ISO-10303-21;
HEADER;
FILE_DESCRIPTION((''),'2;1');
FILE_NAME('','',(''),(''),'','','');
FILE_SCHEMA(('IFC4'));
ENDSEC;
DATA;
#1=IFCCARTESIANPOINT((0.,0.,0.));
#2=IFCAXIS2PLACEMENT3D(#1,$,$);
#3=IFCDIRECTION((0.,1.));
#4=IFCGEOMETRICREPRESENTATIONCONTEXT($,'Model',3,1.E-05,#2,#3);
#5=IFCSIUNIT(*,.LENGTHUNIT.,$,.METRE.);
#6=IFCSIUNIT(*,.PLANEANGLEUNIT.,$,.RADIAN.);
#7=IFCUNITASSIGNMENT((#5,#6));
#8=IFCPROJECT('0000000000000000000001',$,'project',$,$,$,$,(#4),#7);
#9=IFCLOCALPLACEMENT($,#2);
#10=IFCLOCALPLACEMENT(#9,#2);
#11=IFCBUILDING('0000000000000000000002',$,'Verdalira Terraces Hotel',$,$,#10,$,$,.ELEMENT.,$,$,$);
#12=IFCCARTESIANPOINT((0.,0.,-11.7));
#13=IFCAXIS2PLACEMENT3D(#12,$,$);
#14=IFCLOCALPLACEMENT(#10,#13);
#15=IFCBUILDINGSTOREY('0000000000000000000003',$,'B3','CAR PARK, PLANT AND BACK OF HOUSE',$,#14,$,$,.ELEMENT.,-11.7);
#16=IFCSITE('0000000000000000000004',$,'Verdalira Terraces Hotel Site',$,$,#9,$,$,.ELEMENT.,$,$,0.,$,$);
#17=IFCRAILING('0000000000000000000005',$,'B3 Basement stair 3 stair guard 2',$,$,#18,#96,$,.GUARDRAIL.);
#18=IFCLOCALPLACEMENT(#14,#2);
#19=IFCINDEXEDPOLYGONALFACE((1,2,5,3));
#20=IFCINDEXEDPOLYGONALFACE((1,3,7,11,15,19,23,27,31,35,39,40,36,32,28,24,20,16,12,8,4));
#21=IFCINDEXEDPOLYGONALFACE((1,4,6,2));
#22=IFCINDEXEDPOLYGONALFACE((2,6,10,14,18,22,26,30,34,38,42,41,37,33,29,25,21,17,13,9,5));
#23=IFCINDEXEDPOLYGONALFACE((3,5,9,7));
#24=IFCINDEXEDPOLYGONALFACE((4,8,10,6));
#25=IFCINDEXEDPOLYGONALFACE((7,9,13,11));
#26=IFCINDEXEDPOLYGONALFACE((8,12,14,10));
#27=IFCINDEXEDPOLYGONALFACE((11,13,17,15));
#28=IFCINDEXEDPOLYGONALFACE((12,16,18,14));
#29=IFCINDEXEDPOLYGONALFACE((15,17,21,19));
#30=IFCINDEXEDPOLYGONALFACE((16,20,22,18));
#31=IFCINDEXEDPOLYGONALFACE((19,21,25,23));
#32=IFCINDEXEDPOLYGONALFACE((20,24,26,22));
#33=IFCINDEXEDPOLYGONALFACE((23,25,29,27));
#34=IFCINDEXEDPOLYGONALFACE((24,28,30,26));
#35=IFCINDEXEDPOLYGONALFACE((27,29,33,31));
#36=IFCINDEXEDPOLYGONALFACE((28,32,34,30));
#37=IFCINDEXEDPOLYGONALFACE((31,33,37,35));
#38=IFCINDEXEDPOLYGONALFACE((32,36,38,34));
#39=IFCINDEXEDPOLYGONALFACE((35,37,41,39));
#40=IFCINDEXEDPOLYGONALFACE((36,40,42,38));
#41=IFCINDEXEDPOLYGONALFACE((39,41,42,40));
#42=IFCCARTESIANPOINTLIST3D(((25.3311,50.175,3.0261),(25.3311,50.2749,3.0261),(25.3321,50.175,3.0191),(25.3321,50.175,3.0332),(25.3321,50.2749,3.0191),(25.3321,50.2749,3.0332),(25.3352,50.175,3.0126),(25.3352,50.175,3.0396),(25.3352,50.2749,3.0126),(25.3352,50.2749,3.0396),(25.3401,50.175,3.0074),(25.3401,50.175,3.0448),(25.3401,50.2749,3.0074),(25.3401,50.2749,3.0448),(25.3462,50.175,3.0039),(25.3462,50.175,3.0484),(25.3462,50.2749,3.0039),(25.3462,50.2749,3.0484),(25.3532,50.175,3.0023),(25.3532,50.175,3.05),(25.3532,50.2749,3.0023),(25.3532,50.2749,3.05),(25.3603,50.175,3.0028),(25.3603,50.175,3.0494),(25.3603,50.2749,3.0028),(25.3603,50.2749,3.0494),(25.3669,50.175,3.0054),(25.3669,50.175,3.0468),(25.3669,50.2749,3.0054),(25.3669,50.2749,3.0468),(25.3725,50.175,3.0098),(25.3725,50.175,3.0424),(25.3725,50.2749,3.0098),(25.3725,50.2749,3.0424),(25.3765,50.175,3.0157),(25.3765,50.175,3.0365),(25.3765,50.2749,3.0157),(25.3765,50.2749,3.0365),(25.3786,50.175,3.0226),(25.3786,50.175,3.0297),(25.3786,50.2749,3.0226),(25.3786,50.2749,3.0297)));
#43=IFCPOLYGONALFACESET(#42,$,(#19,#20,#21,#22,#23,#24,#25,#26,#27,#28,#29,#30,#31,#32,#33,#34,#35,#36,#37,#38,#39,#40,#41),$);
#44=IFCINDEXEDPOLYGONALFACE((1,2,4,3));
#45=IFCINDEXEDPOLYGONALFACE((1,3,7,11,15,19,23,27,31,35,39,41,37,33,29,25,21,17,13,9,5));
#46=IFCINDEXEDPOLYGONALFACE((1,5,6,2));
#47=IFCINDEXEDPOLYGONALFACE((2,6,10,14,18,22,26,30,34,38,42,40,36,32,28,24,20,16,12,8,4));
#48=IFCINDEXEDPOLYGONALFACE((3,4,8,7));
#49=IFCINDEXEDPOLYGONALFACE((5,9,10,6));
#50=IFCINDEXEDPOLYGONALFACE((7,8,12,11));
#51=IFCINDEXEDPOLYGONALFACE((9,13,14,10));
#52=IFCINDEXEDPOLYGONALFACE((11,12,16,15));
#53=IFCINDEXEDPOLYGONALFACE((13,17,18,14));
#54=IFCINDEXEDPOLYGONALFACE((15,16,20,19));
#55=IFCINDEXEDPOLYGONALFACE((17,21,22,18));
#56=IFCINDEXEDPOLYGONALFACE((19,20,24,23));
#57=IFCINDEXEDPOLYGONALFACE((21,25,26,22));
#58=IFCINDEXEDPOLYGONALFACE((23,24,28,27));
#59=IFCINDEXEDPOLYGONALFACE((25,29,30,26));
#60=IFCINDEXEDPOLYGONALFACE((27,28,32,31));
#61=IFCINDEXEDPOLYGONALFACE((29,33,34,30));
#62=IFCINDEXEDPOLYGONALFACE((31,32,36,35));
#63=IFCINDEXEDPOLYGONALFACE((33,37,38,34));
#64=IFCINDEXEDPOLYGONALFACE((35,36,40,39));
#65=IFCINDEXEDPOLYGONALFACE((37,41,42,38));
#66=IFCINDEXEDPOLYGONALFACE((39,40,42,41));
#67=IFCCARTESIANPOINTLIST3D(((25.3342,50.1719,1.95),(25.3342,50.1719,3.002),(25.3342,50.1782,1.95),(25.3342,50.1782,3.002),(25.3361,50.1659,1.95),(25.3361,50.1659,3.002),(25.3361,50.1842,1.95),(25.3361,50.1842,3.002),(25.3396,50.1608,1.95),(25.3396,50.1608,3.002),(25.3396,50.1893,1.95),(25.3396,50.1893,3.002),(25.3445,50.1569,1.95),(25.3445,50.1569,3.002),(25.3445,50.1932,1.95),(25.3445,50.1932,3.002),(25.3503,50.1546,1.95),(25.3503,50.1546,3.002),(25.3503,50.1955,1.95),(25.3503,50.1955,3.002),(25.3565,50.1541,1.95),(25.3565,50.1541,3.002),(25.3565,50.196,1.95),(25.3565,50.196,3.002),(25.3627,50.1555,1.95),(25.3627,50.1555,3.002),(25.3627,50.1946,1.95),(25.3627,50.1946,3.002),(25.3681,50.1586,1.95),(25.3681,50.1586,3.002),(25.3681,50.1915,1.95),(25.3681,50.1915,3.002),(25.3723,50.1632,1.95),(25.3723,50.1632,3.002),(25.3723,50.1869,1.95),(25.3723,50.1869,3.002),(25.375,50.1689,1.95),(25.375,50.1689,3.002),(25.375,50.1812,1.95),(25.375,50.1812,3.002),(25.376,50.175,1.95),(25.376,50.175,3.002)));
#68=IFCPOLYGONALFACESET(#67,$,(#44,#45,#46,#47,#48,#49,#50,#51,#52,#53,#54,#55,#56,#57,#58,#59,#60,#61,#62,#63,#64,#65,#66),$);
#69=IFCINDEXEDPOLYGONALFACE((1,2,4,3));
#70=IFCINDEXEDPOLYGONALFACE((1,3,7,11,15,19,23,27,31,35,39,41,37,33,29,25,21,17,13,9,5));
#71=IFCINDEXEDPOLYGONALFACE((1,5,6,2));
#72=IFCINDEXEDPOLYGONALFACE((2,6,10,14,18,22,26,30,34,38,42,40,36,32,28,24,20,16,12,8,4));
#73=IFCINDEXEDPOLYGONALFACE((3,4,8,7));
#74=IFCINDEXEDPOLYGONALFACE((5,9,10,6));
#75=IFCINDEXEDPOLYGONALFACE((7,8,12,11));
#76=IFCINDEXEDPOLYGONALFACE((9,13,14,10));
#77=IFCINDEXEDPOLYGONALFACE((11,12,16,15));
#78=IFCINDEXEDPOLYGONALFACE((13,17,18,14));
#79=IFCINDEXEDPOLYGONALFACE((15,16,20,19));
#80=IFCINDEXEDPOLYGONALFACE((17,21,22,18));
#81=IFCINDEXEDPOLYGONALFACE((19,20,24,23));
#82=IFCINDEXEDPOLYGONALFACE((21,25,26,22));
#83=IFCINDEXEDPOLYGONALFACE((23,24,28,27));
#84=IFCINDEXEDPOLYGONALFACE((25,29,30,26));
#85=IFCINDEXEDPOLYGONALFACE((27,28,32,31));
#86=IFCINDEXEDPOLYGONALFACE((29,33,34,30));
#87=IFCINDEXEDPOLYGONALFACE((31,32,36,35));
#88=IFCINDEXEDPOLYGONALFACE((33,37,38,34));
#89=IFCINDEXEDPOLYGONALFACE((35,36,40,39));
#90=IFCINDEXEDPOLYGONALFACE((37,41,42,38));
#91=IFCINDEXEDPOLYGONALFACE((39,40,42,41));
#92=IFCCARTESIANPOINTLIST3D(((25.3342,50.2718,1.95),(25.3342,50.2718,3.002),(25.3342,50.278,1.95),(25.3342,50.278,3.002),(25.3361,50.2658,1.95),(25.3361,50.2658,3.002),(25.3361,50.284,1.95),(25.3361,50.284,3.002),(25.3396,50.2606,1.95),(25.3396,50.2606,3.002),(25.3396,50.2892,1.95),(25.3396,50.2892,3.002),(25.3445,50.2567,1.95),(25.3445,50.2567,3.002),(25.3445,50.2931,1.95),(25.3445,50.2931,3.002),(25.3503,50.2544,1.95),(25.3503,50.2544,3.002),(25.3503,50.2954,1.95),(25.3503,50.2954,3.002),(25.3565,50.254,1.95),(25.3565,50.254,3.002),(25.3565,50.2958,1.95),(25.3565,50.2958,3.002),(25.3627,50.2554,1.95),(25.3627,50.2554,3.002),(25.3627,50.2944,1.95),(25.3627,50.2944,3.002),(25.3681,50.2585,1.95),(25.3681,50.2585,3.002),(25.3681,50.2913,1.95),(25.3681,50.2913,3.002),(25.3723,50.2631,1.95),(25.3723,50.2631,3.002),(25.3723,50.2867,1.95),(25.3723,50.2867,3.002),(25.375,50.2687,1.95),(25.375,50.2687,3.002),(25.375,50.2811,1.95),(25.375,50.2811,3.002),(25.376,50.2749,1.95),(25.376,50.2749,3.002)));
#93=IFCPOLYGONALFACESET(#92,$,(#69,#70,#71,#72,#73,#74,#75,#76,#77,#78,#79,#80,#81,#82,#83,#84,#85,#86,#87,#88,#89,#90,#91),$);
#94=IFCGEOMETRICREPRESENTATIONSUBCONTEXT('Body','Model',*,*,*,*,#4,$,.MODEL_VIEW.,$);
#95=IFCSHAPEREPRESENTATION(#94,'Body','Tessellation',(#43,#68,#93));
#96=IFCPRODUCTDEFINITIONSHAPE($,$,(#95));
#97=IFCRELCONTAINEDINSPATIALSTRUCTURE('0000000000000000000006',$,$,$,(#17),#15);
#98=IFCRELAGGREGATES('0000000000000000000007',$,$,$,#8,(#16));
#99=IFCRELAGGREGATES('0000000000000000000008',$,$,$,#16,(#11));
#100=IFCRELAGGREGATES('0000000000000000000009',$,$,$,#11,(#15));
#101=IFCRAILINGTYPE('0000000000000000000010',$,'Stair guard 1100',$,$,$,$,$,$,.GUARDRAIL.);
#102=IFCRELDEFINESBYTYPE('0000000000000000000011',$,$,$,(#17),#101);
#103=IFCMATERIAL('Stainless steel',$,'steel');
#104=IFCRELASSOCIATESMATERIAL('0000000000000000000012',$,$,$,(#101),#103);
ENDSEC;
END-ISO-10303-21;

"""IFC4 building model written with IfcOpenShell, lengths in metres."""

from ifc_helpers import new_model, si_unit, direction, frame, origin, origin_2d, place, context, subcontext, project, spatial, circle, extrude, material, type_object, element, save


model = new_model("IFC4")

# Units and contexts
model_context = context("Model", 3, precision=1e-05, world=origin(), true_north=direction((0.0, 1.0)))
body_context = subcontext(model_context, "Body", "Model", "MODEL_VIEW")
ifc_project = project(units=[si_unit("LENGTHUNIT", "METRE"), si_unit("PLANEANGLEUNIT", "RADIAN")], contexts=[model_context])

# Site, building, storey
site_placement = place(None, origin())
site = spatial("IfcSite", under=ifc_project, at=site_placement, Name="Verdalira Terraces Hotel Site", CompositionType="ELEMENT", RefElevation=0.0)
building_placement = place(site_placement, origin())
building = spatial("IfcBuilding", under=site, at=building_placement, Name="Verdalira Terraces Hotel", CompositionType="ELEMENT")
storey_placement = place(building_placement, frame((0.0, 0.0, -11.7)))
storey = spatial("IfcBuildingStorey", under=building, at=storey_placement, Name="B3", Description="CAR PARK, PLANT AND BACK OF HOUSE", CompositionType="ELEMENT", Elevation=-11.7)

# Railing
ifc_material_1 = material(Name="Stainless steel", Category="steel")
railing_type_1 = type_object("IfcRailingType", Name="Stair guard 1100", PredefinedType="GUARDRAIL", material=ifc_material_1)
railing_1_placement = place(storey_placement, frame((25.355, 50.175, 1.95)))
element("IfcRailing", 1, at=railing_1_placement, inside=storey, type_object=railing_type_1, Name="B3 Basement stair 3 stair guard 2", PredefinedType="GUARDRAIL", context=body_context, shape_type="SweptSolid", body=[
    extrude(circle(Radius=0.0239, at=origin_2d()), frame((0.0, 0.0, 1.0762), z_axis=(0.0, 1.0, 0.0), x_axis=(-1.0, 0.0, 0.0)), (0.0, 0.0, 1.0), 0.0999),
    extrude(circle(Radius=0.021, at=origin_2d()), origin(), (0.0, 0.0, 1.0), 1.052),
    extrude(circle(Radius=0.021, at=origin_2d()), frame((0.0, 0.0999, 0.0)), (0.0, 0.0, 1.0), 1.052),
])

save(model, "model.ifc")
